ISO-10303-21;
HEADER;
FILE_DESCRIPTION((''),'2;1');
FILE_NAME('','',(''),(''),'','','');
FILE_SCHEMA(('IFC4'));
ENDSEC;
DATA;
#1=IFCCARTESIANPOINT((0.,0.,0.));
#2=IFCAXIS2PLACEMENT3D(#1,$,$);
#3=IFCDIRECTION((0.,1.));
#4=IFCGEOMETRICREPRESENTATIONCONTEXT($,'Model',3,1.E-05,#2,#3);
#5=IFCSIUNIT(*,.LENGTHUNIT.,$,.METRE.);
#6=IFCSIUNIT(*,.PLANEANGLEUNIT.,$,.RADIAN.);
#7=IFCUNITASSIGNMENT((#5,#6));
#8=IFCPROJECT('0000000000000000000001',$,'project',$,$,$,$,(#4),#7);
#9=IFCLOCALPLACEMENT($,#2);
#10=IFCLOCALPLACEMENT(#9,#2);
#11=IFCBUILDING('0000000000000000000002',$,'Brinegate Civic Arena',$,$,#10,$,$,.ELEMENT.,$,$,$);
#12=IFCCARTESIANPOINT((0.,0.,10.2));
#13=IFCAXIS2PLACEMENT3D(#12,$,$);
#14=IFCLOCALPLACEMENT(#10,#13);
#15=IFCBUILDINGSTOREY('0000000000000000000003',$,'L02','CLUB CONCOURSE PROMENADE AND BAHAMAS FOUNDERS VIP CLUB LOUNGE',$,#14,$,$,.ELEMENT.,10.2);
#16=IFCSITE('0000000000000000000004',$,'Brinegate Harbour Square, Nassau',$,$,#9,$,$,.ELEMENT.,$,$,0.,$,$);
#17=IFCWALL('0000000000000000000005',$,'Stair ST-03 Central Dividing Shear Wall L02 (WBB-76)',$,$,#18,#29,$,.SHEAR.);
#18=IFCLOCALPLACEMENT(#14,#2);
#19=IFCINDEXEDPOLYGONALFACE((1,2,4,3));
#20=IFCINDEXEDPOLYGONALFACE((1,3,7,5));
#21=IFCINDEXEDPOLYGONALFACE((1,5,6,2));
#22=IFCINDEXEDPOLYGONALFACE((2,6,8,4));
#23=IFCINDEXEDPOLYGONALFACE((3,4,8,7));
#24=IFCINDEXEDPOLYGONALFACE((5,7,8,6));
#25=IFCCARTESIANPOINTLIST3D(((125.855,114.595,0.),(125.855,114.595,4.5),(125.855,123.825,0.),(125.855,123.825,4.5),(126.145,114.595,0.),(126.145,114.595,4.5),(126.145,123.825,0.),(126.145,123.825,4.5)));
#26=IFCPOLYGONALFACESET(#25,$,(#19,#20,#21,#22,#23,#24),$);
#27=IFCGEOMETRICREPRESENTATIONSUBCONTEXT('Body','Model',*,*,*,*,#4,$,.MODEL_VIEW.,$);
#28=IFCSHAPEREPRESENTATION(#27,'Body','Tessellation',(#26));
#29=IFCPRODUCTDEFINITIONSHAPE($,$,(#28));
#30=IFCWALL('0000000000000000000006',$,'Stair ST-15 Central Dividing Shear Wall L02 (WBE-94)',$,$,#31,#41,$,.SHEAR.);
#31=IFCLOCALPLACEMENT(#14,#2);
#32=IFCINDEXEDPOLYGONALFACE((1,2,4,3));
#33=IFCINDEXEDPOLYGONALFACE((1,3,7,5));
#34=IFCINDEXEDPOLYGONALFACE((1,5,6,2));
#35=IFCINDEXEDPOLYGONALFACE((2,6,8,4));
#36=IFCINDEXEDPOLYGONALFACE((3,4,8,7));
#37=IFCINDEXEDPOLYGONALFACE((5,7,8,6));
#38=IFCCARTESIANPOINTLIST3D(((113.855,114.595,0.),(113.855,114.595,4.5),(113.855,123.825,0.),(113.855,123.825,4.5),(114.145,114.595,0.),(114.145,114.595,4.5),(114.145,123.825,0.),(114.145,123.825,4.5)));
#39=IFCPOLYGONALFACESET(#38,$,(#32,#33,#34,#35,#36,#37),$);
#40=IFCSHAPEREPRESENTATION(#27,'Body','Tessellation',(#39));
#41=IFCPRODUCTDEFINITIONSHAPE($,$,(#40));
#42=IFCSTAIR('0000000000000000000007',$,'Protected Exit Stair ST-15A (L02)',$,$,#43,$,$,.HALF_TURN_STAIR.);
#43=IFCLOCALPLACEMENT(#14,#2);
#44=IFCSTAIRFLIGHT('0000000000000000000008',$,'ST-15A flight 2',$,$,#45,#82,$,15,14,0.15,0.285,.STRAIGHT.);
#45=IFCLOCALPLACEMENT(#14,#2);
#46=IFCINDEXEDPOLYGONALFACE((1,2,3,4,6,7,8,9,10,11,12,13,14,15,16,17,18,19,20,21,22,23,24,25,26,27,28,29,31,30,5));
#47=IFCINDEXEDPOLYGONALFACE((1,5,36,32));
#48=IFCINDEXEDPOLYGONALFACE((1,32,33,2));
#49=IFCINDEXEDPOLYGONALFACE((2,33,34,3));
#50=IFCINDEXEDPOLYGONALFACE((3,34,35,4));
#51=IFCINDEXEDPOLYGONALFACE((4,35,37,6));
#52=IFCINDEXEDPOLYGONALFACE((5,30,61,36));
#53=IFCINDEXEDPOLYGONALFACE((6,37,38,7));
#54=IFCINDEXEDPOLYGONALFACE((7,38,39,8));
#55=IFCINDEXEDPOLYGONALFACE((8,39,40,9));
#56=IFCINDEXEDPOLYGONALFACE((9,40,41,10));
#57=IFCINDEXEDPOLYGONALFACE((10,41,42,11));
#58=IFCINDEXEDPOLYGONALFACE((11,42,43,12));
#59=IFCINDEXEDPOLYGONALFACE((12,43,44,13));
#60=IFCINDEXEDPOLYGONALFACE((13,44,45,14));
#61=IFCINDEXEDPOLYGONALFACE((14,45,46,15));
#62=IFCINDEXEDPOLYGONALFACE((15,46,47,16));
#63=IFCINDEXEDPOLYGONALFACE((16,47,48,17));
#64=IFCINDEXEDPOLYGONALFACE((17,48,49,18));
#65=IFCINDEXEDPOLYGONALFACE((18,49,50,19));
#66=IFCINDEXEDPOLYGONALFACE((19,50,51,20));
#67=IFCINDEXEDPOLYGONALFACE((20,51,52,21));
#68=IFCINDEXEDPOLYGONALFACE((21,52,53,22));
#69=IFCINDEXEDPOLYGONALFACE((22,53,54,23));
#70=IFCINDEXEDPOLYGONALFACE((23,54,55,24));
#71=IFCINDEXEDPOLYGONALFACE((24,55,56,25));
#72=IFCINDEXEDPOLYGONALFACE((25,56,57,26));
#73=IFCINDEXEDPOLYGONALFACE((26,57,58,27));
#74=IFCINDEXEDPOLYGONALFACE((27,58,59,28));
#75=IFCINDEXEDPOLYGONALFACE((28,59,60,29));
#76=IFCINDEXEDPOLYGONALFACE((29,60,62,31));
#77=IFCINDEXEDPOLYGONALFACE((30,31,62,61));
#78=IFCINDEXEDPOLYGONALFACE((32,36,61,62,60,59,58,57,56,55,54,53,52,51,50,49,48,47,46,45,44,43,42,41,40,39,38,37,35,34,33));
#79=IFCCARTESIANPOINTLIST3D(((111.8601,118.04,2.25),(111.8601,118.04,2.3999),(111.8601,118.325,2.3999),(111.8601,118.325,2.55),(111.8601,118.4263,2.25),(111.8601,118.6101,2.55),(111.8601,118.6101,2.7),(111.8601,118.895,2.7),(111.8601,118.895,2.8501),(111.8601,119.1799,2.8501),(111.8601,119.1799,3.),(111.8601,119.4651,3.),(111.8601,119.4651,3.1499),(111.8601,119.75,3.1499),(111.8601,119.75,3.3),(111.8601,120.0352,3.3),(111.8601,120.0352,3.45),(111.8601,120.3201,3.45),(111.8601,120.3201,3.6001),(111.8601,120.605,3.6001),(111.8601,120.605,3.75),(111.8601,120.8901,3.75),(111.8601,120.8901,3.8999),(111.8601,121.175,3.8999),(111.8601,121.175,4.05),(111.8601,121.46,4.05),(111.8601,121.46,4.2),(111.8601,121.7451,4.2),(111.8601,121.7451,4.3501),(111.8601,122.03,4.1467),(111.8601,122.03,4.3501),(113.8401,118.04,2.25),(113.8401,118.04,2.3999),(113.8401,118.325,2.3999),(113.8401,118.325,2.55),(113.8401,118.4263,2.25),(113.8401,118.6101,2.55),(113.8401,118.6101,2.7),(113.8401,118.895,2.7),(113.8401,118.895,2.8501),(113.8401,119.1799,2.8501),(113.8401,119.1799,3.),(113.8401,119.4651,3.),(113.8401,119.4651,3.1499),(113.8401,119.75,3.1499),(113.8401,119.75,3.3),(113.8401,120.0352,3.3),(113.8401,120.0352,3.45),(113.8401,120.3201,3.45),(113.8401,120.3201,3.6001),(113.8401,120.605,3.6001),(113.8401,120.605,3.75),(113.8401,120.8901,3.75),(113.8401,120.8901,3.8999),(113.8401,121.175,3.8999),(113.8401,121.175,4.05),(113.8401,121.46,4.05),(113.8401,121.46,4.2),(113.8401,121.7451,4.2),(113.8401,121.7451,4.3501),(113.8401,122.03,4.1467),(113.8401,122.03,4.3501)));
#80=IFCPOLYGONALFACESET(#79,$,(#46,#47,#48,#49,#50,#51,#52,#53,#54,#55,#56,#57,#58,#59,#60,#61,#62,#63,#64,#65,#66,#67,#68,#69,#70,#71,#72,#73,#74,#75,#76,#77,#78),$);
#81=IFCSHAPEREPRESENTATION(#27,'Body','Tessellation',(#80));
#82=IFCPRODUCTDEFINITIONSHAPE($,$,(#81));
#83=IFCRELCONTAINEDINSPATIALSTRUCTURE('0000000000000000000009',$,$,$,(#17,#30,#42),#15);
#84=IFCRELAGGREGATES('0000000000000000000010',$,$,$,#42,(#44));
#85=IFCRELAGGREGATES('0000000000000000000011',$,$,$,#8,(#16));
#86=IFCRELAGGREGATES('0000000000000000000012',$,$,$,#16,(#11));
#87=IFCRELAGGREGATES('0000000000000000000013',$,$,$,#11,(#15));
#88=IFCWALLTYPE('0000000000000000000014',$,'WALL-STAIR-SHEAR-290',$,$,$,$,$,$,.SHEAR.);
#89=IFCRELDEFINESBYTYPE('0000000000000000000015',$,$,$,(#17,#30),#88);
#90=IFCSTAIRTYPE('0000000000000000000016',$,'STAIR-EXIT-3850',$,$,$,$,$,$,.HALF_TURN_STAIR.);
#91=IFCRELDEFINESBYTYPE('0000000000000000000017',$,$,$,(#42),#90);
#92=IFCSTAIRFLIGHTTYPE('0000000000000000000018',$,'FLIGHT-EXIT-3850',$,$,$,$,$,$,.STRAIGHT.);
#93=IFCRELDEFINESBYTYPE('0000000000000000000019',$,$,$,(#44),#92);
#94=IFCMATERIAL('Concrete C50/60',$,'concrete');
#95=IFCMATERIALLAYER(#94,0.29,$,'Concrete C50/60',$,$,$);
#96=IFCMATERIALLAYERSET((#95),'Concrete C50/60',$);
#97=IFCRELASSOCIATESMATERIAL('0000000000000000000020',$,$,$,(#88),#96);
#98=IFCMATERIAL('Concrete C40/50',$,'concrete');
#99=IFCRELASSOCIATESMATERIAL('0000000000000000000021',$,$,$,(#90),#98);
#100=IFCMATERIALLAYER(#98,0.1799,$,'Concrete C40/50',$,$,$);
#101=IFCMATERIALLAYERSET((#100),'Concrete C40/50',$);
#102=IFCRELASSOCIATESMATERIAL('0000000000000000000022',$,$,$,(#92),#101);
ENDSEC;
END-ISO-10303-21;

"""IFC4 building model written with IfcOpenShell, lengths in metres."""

from ifc_helpers import new_model, si_unit, direction, frame, frame_2d, origin, place, context, subcontext, project, spatial, polyline, rectangle, outline, extrude, material, layer, layer_set, type_object, element, aggregate, save


model = new_model("IFC4")

# Units and contexts
model_context = context("Model", 3, precision=1e-05, world=origin(), true_north=direction((0.0, 1.0)))
body_context = subcontext(model_context, "Body", "Model", "MODEL_VIEW")
ifc_project = project(units=[si_unit("LENGTHUNIT", "METRE"), si_unit("PLANEANGLEUNIT", "RADIAN")], contexts=[model_context])

# Site, building, storey
site_placement = place(None, origin())
site = spatial("IfcSite", under=ifc_project, at=site_placement, Name="Brinegate Harbour Square, Nassau", CompositionType="ELEMENT", RefElevation=0.0)
building_placement = place(site_placement, origin())
building = spatial("IfcBuilding", under=site, at=building_placement, Name="Brinegate Civic Arena", CompositionType="ELEMENT")
storey_placement = place(building_placement, frame((0.0, 0.0, 10.2)))
storey = spatial("IfcBuildingStorey", under=building, at=storey_placement, Name="L02", Description="CLUB CONCOURSE PROMENADE AND BAHAMAS FOUNDERS VIP CLUB LOUNGE", CompositionType="ELEMENT", Elevation=10.2)

# Shared definitions
ifc_material_1 = material(Name="Concrete C50/60", Category="concrete")

# Walls
ifc_layer_1 = layer(ifc_material_1, 0.29, Name="Concrete C50/60")
ifc_layer_set_1 = layer_set([ifc_layer_1], Name="Concrete C50/60")
wall_type_1 = type_object("IfcWallType", Name="WALL-STAIR-SHEAR-290", PredefinedType="SHEAR", material=ifc_layer_set_1)
for number, where, z_axis, x_axis, name in (
    (1, (126.0, 114.595, 0.0), (0.0, 0.0, 1.0), (0.0, 1.0, 0.0), "Stair ST-03 Central Dividing Shear Wall L02 (WBB-76)"),
    (2, (114.0, 114.595, 0.0), (0.0, 0.0, 1.0), (0.0, 1.0, 0.0), "Stair ST-15 Central Dividing Shear Wall L02 (WBE-94)"),
):
    element("IfcWall", number, at=place(storey_placement, frame(where, z_axis=z_axis, x_axis=x_axis)), inside=storey, type_object=wall_type_1, Name=name, PredefinedType="SHEAR", context=body_context, shape_type="SweptSolid", body=[
        extrude(rectangle(XDim=9.23, YDim=0.29, at=frame_2d((4.615, 0.0))), origin(), (0.0, 0.0, 1.0), 4.5),
    ])

# Stair, stair flight
ifc_material_2 = material(Name="Concrete C40/50", Category="concrete")
stair_type = type_object("IfcStairType", Name="STAIR-EXIT-3850", PredefinedType="HALF_TURN_STAIR", material=ifc_material_2)
stair_placement = place(storey_placement, origin())
stair = element("IfcStair", 3, at=stair_placement, inside=storey, type_object=stair_type, Name="Protected Exit Stair ST-15A (L02)", PredefinedType="HALF_TURN_STAIR")
ifc_layer_2 = layer(ifc_material_2, 0.1799, Name="Concrete C40/50")
ifc_layer_set_2 = layer_set([ifc_layer_2], Name="Concrete C40/50")
stair_flight_type = type_object("IfcStairFlightType", Name="FLIGHT-EXIT-3850", PredefinedType="STRAIGHT", material=ifc_layer_set_2)
stair_flight_placement = place(storey_placement, frame((112.8501, 118.04, 2.25), z_axis=(0.0, 0.0, 1.0), x_axis=(0.0, 1.0, 0.0)))
stair_flight = element("IfcStairFlight", 4, at=stair_flight_placement, type_object=stair_flight_type, Name="ST-15A flight 2", NumberOfRisers=15, NumberOfTreads=14, PredefinedType="STRAIGHT", RiserHeight=0.15, TreadLength=0.285, context=body_context, shape_type="SweptSolid", body=[
    extrude(outline(polyline([(0.0, 0.0), (0.0, 0.1499), (0.2849, 0.1499), (0.2849, 0.3), (0.5701, 0.3), (0.5701, 0.45), (0.855, 0.45), (0.855, 0.6001), (1.1399, 0.6001), (1.1399, 0.75), (1.425, 0.75), (1.425, 0.8999), (1.71, 0.8999), (1.71, 1.05), (1.9951, 1.05), (1.9951, 1.2), (2.28, 1.2), (2.28, 1.3501), (2.5649, 1.3501), (2.5649, 1.5), (2.8501, 1.5), (2.8501, 1.6499), (3.135, 1.6499), (3.135, 1.8), (3.4199, 1.8), (3.4199, 1.95), (3.7051, 1.95), (3.7051, 2.1001), (3.99, 2.1001), (3.99, 2.25), (3.99, 1.8967), (0.3862, 0.0), (0.0, 0.0)])), frame((0.0, 0.99, 0.0), z_axis=(0.0, -1.0, 0.0), x_axis=(1.0, 0.0, 0.0)), (0.0, 0.0, 1.0), 1.98),
])
aggregate(stair, [stair_flight])

save(model, "model.ifc")
